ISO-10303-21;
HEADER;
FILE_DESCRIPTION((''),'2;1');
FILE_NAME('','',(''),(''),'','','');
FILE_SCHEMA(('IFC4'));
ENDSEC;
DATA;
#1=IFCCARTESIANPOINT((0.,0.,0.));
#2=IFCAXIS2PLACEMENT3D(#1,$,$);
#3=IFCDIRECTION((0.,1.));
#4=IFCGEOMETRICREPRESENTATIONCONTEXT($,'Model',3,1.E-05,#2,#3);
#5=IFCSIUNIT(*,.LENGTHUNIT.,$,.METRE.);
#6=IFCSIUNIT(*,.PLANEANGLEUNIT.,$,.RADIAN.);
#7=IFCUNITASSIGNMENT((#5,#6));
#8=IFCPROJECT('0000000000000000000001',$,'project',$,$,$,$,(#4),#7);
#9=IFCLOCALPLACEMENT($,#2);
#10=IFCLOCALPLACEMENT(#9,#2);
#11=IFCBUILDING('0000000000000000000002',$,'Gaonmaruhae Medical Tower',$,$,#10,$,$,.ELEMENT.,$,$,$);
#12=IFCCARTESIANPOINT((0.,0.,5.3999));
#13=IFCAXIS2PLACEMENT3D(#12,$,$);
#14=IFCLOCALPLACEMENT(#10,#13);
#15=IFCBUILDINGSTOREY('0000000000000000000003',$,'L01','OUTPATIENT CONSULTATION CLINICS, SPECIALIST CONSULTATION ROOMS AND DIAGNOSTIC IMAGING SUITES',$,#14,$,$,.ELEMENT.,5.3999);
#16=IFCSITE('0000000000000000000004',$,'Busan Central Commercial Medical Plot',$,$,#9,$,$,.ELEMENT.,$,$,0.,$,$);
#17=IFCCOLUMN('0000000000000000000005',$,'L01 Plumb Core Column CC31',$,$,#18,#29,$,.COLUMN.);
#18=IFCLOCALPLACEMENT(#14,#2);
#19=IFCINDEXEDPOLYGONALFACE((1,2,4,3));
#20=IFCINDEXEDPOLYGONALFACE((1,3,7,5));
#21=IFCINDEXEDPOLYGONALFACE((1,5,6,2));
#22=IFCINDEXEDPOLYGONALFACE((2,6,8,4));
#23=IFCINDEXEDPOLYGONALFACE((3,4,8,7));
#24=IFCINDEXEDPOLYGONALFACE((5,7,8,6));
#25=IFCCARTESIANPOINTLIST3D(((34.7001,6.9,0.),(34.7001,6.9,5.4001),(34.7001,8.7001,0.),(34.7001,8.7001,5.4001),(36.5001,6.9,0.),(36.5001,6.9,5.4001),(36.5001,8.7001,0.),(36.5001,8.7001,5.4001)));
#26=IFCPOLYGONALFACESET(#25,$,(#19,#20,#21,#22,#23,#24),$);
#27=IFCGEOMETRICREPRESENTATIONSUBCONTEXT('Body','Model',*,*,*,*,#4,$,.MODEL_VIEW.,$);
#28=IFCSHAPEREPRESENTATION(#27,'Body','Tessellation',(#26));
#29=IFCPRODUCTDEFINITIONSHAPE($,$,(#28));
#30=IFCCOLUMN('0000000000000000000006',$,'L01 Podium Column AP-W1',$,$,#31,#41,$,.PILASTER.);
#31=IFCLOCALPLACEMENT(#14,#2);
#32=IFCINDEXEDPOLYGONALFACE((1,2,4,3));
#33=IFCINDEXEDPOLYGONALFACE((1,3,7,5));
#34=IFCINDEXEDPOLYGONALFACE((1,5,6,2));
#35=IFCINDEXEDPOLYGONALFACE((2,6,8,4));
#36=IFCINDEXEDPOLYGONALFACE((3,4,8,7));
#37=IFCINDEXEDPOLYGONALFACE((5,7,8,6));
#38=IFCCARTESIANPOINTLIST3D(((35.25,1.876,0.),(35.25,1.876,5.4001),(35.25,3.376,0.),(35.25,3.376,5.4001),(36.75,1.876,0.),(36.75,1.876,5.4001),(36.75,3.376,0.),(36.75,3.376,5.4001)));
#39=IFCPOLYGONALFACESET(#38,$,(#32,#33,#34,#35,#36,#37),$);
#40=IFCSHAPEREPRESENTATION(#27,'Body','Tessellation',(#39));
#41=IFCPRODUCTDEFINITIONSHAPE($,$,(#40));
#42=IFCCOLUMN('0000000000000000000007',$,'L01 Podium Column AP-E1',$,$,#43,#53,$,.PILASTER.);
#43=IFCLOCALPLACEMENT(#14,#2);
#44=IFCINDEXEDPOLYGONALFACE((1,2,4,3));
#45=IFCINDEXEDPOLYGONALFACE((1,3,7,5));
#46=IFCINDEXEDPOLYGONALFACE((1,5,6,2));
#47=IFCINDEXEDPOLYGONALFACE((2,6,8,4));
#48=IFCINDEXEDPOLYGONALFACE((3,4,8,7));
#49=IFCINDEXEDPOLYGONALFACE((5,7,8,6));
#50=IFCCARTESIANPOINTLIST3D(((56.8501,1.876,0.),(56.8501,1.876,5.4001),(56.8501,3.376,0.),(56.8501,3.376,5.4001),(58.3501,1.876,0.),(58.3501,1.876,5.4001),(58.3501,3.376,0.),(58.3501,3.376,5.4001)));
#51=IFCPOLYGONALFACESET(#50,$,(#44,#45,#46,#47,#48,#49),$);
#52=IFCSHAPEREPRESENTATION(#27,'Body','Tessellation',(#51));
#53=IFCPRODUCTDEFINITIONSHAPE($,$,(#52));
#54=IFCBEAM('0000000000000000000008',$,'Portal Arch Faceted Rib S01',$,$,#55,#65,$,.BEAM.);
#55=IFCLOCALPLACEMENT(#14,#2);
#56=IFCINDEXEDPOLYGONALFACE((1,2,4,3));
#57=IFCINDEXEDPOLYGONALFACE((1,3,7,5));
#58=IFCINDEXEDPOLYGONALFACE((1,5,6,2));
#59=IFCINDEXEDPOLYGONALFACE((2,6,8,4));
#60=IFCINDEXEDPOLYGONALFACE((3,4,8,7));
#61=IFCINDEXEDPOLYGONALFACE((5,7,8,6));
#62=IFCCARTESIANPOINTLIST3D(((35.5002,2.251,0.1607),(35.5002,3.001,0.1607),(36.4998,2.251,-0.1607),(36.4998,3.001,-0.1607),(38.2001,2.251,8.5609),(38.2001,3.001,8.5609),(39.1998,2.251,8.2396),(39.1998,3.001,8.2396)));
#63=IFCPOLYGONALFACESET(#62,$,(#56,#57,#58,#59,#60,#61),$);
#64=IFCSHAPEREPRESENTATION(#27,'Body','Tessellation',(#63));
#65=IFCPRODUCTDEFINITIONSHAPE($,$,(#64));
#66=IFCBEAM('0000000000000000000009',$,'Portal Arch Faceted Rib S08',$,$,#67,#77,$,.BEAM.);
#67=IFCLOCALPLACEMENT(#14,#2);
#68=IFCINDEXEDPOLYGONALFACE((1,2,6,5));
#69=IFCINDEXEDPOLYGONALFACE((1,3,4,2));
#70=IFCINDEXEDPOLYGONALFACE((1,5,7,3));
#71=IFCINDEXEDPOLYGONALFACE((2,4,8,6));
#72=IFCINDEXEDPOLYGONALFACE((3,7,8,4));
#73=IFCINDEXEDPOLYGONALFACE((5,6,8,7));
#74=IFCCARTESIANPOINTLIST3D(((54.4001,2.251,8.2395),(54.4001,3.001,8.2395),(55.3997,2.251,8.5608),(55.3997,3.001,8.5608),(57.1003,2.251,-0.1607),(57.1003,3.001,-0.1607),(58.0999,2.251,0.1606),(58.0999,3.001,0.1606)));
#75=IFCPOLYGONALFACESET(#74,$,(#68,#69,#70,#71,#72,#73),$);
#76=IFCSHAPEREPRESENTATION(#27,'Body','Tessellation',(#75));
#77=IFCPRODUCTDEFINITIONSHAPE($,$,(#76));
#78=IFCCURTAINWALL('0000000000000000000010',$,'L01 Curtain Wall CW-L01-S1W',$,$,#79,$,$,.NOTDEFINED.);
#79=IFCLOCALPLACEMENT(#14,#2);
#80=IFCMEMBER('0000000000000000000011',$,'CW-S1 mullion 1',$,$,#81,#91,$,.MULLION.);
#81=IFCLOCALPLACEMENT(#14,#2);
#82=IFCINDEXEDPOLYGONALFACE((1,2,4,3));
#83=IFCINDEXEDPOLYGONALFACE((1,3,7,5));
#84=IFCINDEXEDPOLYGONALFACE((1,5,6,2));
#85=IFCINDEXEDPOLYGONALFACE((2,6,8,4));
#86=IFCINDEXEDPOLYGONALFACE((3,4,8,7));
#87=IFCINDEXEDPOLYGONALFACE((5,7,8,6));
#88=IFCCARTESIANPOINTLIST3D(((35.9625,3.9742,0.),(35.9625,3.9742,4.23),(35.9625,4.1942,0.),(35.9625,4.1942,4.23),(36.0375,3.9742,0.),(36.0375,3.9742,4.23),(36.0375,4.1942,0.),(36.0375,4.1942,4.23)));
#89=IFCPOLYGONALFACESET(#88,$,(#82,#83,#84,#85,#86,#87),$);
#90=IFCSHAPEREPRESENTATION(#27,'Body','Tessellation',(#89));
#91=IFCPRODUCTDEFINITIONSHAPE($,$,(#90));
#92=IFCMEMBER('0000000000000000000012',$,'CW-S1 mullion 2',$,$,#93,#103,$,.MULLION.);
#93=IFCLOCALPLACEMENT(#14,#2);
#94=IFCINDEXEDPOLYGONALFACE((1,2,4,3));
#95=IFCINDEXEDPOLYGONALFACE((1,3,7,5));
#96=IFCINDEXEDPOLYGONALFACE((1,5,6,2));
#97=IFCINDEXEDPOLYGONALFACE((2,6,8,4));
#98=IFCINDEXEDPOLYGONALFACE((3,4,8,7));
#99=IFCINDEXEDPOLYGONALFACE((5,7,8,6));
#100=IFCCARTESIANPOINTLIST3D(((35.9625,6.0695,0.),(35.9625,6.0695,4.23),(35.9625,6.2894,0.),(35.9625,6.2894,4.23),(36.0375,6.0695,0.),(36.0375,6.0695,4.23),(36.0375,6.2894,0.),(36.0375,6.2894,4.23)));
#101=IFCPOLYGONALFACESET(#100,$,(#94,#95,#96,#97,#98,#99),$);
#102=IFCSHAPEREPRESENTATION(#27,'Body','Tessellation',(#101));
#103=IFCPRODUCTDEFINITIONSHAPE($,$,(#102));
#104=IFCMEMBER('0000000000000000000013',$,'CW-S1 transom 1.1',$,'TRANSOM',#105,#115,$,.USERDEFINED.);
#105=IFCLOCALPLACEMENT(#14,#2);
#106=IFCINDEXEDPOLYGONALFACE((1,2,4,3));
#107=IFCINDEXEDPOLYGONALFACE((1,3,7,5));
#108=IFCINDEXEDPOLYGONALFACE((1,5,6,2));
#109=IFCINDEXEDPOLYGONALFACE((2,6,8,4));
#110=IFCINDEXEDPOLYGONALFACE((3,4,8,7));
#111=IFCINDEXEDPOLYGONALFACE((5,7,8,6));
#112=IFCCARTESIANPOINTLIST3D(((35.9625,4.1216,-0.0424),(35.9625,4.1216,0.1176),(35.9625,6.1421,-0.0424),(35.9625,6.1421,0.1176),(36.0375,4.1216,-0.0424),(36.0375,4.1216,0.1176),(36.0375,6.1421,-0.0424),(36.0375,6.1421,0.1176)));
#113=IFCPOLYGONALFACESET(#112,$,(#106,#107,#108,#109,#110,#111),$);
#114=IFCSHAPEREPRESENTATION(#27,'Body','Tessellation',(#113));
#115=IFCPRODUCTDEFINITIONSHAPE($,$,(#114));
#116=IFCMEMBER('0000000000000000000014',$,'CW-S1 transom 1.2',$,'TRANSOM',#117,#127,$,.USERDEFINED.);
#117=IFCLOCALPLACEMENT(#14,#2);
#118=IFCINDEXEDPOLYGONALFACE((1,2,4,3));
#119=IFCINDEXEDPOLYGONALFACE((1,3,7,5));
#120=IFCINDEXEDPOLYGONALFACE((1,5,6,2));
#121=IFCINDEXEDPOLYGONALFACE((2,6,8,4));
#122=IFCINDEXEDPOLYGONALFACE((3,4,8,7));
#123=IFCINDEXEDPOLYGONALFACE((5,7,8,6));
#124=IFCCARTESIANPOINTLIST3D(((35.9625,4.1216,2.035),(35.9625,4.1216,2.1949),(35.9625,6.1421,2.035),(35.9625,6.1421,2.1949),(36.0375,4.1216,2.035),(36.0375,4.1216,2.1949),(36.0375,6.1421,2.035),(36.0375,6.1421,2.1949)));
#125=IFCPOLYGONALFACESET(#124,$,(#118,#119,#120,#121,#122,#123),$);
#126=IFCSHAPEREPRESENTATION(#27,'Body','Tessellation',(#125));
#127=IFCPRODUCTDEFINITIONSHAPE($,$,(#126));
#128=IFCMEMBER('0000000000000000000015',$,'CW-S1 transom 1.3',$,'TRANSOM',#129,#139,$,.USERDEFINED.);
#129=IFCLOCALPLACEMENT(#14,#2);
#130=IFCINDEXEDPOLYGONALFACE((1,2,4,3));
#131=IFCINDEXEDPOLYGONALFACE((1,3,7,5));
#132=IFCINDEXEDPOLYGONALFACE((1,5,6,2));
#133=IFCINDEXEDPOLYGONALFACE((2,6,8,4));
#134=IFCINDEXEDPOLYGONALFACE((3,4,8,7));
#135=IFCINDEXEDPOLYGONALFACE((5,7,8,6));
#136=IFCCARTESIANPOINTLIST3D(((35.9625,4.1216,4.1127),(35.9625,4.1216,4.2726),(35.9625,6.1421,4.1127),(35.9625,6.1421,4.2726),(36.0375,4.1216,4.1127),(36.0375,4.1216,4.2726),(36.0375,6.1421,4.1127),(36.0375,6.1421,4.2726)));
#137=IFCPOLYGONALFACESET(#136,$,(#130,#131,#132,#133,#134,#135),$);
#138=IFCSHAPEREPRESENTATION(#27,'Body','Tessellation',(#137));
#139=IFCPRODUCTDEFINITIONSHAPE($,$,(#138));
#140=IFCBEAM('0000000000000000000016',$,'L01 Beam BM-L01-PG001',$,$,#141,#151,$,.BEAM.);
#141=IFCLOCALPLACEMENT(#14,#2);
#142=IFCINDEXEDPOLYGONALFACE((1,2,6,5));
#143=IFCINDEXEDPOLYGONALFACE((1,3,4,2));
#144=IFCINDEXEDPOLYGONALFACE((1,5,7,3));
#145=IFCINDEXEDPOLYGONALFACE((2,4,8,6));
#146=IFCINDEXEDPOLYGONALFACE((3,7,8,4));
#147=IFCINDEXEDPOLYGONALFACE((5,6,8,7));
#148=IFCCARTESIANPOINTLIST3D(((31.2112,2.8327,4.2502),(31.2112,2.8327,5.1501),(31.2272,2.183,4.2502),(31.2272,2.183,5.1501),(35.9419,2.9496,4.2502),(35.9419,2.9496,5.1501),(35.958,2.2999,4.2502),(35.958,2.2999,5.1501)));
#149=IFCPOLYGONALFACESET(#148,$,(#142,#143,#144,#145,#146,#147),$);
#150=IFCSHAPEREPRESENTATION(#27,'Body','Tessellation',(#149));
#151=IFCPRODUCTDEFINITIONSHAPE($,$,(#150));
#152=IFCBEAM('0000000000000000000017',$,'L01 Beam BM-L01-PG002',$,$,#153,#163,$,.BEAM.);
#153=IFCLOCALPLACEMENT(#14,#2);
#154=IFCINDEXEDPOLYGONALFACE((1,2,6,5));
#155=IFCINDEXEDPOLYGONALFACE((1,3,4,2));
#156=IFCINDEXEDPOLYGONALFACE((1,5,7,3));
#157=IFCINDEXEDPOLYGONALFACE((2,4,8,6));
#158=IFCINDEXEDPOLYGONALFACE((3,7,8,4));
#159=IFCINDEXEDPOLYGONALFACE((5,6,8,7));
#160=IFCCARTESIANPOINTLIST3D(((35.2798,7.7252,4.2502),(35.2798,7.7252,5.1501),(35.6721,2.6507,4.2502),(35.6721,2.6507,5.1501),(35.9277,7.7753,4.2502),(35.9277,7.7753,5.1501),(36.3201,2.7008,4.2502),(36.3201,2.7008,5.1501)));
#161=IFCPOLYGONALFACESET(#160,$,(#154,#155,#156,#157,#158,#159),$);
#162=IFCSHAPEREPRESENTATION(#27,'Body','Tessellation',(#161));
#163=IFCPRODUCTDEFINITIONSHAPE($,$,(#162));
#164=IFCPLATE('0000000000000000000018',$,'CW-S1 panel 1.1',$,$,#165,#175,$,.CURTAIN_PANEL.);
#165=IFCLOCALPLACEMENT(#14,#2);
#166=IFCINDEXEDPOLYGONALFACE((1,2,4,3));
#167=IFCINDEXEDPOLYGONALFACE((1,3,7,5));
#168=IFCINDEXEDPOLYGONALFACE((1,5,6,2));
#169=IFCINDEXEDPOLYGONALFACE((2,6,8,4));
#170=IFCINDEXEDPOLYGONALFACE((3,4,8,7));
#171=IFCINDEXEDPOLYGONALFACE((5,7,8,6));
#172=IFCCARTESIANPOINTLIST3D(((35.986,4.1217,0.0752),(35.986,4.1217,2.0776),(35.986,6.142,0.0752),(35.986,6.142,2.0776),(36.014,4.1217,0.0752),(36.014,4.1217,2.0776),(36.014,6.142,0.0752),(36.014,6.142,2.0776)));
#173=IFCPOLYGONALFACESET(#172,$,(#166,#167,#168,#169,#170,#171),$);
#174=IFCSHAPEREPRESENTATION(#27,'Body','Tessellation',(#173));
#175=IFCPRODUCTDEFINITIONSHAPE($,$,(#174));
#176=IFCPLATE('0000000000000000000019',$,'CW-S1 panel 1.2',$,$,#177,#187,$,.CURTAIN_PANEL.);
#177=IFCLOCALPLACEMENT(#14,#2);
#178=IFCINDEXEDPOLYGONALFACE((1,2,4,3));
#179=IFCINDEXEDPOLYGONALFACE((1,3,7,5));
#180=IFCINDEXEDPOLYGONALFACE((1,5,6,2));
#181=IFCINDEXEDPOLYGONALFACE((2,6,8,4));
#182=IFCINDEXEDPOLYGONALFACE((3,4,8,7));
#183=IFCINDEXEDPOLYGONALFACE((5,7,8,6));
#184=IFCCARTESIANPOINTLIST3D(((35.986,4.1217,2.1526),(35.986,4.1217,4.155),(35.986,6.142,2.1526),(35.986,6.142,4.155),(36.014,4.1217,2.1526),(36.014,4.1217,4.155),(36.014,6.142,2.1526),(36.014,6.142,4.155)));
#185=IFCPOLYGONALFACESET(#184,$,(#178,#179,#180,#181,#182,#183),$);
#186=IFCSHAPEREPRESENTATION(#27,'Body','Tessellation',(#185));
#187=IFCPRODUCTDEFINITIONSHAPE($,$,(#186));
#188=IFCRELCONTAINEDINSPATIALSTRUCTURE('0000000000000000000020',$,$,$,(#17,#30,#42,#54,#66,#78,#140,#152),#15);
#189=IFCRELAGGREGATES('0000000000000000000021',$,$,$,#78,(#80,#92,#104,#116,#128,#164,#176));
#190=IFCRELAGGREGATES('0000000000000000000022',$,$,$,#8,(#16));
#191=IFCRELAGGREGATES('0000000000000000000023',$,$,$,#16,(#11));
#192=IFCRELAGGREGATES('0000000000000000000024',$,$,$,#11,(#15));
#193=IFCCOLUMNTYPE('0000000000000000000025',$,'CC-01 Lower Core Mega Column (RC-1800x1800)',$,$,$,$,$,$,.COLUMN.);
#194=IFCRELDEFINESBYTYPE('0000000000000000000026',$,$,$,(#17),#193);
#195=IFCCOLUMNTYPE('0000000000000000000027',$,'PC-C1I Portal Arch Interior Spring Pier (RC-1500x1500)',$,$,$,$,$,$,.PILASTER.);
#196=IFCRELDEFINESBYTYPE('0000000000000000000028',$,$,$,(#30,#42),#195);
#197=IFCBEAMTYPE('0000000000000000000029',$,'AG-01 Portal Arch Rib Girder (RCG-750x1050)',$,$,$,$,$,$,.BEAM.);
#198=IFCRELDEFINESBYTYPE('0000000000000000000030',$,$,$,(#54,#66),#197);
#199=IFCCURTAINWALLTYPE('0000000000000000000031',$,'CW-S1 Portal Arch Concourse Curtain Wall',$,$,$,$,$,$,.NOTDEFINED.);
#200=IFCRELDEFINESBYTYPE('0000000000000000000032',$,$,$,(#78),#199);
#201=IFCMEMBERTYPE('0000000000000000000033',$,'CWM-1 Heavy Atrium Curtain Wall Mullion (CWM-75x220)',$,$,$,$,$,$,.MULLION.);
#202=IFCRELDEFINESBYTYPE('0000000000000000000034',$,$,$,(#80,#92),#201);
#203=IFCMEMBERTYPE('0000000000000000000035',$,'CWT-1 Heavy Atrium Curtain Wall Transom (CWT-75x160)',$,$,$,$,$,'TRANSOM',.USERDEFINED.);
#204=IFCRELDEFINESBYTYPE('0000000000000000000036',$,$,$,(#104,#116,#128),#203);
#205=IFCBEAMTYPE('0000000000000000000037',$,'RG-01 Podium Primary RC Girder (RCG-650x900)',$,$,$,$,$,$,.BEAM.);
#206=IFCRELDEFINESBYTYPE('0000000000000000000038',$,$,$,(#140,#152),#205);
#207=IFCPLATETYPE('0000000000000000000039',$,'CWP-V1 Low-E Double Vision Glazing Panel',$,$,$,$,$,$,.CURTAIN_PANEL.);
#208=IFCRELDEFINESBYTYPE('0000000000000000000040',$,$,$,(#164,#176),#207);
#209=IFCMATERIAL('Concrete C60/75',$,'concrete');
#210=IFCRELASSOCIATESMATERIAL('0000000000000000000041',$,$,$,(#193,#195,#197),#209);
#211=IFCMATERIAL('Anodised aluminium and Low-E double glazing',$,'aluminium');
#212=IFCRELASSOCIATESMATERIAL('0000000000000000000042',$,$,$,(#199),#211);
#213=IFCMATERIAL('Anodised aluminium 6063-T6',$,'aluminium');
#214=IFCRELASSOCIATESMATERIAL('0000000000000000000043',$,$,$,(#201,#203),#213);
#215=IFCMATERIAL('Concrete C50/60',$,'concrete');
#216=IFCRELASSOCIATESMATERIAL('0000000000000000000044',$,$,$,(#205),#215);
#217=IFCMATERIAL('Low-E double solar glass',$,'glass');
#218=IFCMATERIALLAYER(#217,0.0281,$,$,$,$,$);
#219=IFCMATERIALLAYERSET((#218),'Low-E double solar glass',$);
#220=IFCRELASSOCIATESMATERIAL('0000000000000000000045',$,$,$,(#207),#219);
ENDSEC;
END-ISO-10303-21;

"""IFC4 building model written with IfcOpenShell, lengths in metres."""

from ifc_helpers import new_model, si_unit, direction, frame, origin, origin_2d, place, context, subcontext, project, spatial, rectangle, extrude, material, layer, layer_set, material_profile, profile_set, type_object, element, aggregate, save


model = new_model("IFC4")

# Units and contexts
model_context = context("Model", 3, precision=1e-05, world=origin(), true_north=direction((0.0, 1.0)))
body_context = subcontext(model_context, "Body", "Model", "MODEL_VIEW")
ifc_project = project(units=[si_unit("LENGTHUNIT", "METRE"), si_unit("PLANEANGLEUNIT", "RADIAN")], contexts=[model_context])

# Site, building, storey
site_placement = place(None, origin())
site = spatial("IfcSite", under=ifc_project, at=site_placement, Name="Busan Central Commercial Medical Plot", CompositionType="ELEMENT", RefElevation=0.0)
building_placement = place(site_placement, origin())
building = spatial("IfcBuilding", under=site, at=building_placement, Name="Gaonmaruhae Medical Tower", CompositionType="ELEMENT")
storey_placement = place(building_placement, frame((0.0, 0.0, 5.3999)))
storey = spatial("IfcBuildingStorey", under=building, at=storey_placement, Name="L01", Description="OUTPATIENT CONSULTATION CLINICS, SPECIALIST CONSULTATION ROOMS AND DIAGNOSTIC IMAGING SUITES", CompositionType="ELEMENT", Elevation=5.3999)

# Columns
ifc_material_1 = material(Name="Concrete C60/75", Category="concrete")
ifc_material_profile_1 = material_profile(ifc_material_1, rectangle(XDim=1.8, YDim=1.8, at=origin_2d()), Name="RC-1800x1800")
ifc_profile_set_1 = profile_set([ifc_material_profile_1], Name="Concrete C60/75")
column_type_1 = type_object("IfcColumnType", Name="CC-01 Lower Core Mega Column (RC-1800x1800)", PredefinedType="COLUMN", material=ifc_profile_set_1)
column_placement = place(storey_placement, frame((35.6001, 7.8, 0.0), z_axis=(0.0, 0.0, 1.0), x_axis=(1.0, 0.0, 0.0)))
element("IfcColumn", 1, at=column_placement, inside=storey, type_object=column_type_1, Name="L01 Plumb Core Column CC31", PredefinedType="COLUMN", context=body_context, shape_type="SweptSolid", body=[
    extrude(rectangle(XDim=1.8, YDim=1.8, at=origin_2d()), origin(), (0.0, 0.0, 1.0), 5.4001),
])
ifc_material_profile_2 = material_profile(ifc_material_1, rectangle(XDim=1.5, YDim=1.5, at=origin_2d()), Name="RC-1500x1500")
ifc_profile_set_2 = profile_set([ifc_material_profile_2], Name="Concrete C60/75")
column_type_2 = type_object("IfcColumnType", Name="PC-C1I Portal Arch Interior Spring Pier (RC-1500x1500)", PredefinedType="PILASTER", material=ifc_profile_set_2)
for number, where, z_axis, x_axis, name in (
    (2, (36.0, 2.626, 0.0), (0.0, 0.0, 1.0), (1.0, 0.0, 0.0), "L01 Podium Column AP-W1"),
    (3, (57.6001, 2.626, 0.0), (0.0, 0.0, 1.0), (1.0, 0.0, 0.0), "L01 Podium Column AP-E1"),
):
    element("IfcColumn", number, at=place(storey_placement, frame(where, z_axis=z_axis, x_axis=x_axis)), inside=storey, type_object=column_type_2, Name=name, PredefinedType="PILASTER", context=body_context, shape_type="SweptSolid", body=[
        extrude(rectangle(XDim=1.5, YDim=1.5, at=origin_2d()), origin(), (0.0, 0.0, 1.0), 5.4001),
    ])

# Beams
ifc_material_profile_3 = material_profile(ifc_material_1, rectangle(XDim=0.75, YDim=1.05, at=origin_2d()), Name="RCG-750x1050")
ifc_profile_set_3 = profile_set([ifc_material_profile_3], Name="Concrete C60/75")
beam_type_1 = type_object("IfcBeamType", Name="AG-01 Portal Arch Rib Girder (RCG-750x1050)", PredefinedType="BEAM", material=ifc_profile_set_3)
for number, where, z_axis, x_axis, name in (
    (4, (36.0, 2.626, 0.0), (0.305999, 0.0, 0.952032), (0.0, 1.0, 0.0), "Portal Arch Faceted Rib S01"),
    (5, (54.8999, 2.626, 8.4001), (0.306024, 0.0, -0.952024), (0.0, 1.0, 0.0), "Portal Arch Faceted Rib S08"),
):
    element("IfcBeam", number, at=place(storey_placement, frame(where, z_axis=z_axis, x_axis=x_axis)), inside=storey, type_object=beam_type_1, Name=name, PredefinedType="BEAM", context=body_context, shape_type="SweptSolid", body=[
        extrude(rectangle(XDim=0.75, YDim=1.05, at=origin_2d()), origin(), (0.0, 0.0, 1.0), 8.8235),
    ])

# Curtain wall, members
ifc_material_2 = material(Name="Anodised aluminium and Low-E double glazing", Category="aluminium")
curtain_wall_type = type_object("IfcCurtainWallType", Name="CW-S1 Portal Arch Concourse Curtain Wall", PredefinedType="NOTDEFINED", material=ifc_material_2)
curtain_wall_placement = place(storey_placement, origin())
curtain_wall = element("IfcCurtainWall", 6, at=curtain_wall_placement, inside=storey, type_object=curtain_wall_type, Name="L01 Curtain Wall CW-L01-S1W", PredefinedType="NOTDEFINED")
ifc_material_3 = material(Name="Anodised aluminium 6063-T6", Category="aluminium")
ifc_material_profile_4 = material_profile(ifc_material_3, rectangle(XDim=0.075, YDim=0.22, at=origin_2d()), Name="CWM-75x220")
ifc_profile_set_4 = profile_set([ifc_material_profile_4], Name="Anodised aluminium 6063-T6")
member_type_1 = type_object("IfcMemberType", Name="CWM-1 Heavy Atrium Curtain Wall Mullion (CWM-75x220)", PredefinedType="MULLION", material=ifc_profile_set_4)
member_1_placement = place(storey_placement, frame((36.0, 4.0842, 0.0), z_axis=(0.0, 0.0, 1.0), x_axis=(-1.0, 0.0, 0.0)))
member_1 = element("IfcMember", 7, at=member_1_placement, type_object=member_type_1, Name="CW-S1 mullion 1", PredefinedType="MULLION", context=body_context, shape_type="SweptSolid", body=[
    extrude(rectangle(XDim=0.075, YDim=0.22, at=origin_2d()), origin(), (0.0, 0.0, 1.0), 4.23),
])
member_2_placement = place(storey_placement, frame((36.0, 6.1794, 0.0), z_axis=(0.0, 0.0, 1.0), x_axis=(-1.0, 0.0, 0.0)))
member_2 = element("IfcMember", 8, at=member_2_placement, type_object=member_type_1, Name="CW-S1 mullion 2", PredefinedType="MULLION", context=body_context, shape_type="SweptSolid", body=[
    extrude(rectangle(XDim=0.075, YDim=0.22, at=origin_2d()), origin(), (0.0, 0.0, 1.0), 4.23),
])
ifc_material_profile_5 = material_profile(ifc_material_3, rectangle(XDim=0.075, YDim=0.1599, at=origin_2d()), Name="CWT-75x160")
ifc_profile_set_5 = profile_set([ifc_material_profile_5], Name="Anodised aluminium 6063-T6")
member_type_2 = type_object("IfcMemberType", Name="CWT-1 Heavy Atrium Curtain Wall Transom (CWT-75x160)", ElementType="TRANSOM", PredefinedType="USERDEFINED", material=ifc_profile_set_5)
member_3_placement = place(storey_placement, frame((36.0, 4.1216, 0.0376), z_axis=(0.0, 1.0, 0.0), x_axis=(-1.0, 0.0, 0.0)))
member_3 = element("IfcMember", 9, at=member_3_placement, type_object=member_type_2, Name="CW-S1 transom 1.1", ObjectType="TRANSOM", PredefinedType="USERDEFINED", context=body_context, shape_type="SweptSolid", body=[
    extrude(rectangle(XDim=0.075, YDim=0.1599, at=origin_2d()), origin(), (0.0, 0.0, 1.0), 2.0205),
])
member_4_placement = place(storey_placement, frame((36.0, 4.1216, 2.115), z_axis=(0.0, 1.0, 0.0), x_axis=(-1.0, 0.0, 0.0)))
member_4 = element("IfcMember", 10, at=member_4_placement, type_object=member_type_2, Name="CW-S1 transom 1.2", ObjectType="TRANSOM", PredefinedType="USERDEFINED", context=body_context, shape_type="SweptSolid", body=[
    extrude(rectangle(XDim=0.075, YDim=0.1599, at=origin_2d()), origin(), (0.0, 0.0, 1.0), 2.0205),
])
member_5_placement = place(storey_placement, frame((36.0, 4.1216, 4.1926), z_axis=(0.0, 1.0, 0.0), x_axis=(-1.0, 0.0, 0.0)))
member_5 = element("IfcMember", 11, at=member_5_placement, type_object=member_type_2, Name="CW-S1 transom 1.3", ObjectType="TRANSOM", PredefinedType="USERDEFINED", context=body_context, shape_type="SweptSolid", body=[
    extrude(rectangle(XDim=0.075, YDim=0.1599, at=origin_2d()), origin(), (0.0, 0.0, 1.0), 2.0205),
])

# Beams
ifc_material_4 = material(Name="Concrete C50/60", Category="concrete")
ifc_material_profile_6 = material_profile(ifc_material_4, rectangle(XDim=0.6499, YDim=0.8999, at=origin_2d()), Name="RCG-650x900")
ifc_profile_set_6 = profile_set([ifc_material_profile_6], Name="Concrete C50/60")
beam_type_2 = type_object("IfcBeamType", Name="RG-01 Podium Primary RC Girder (RCG-650x900)", PredefinedType="BEAM", material=ifc_profile_set_6)
beam_1_placement = place(storey_placement, frame((35.95, 2.6248, 4.7002), z_axis=(-0.999695, -0.024712, 0.0), x_axis=(0.024712, -0.999695, 0.0)))
element("IfcBeam", 12, at=beam_1_placement, inside=storey, type_object=beam_type_2, Name="L01 Beam BM-L01-PG001", PredefinedType="BEAM", context=body_context, shape_type="SweptSolid", body=[
    extrude(rectangle(XDim=0.6499, YDim=0.8999, at=origin_2d()), origin(), (0.0, 0.0, 1.0), 4.7322),
])
beam_2_placement = place(storey_placement, frame((35.9961, 2.6758, 4.7002), z_axis=(-0.077085, 0.997024, 0.0), x_axis=(-0.997024, -0.077085, 0.0)))
element("IfcBeam", 13, at=beam_2_placement, inside=storey, type_object=beam_type_2, Name="L01 Beam BM-L01-PG002", PredefinedType="BEAM", context=body_context, shape_type="SweptSolid", body=[
    extrude(rectangle(XDim=0.6499, YDim=0.8999, at=origin_2d()), origin(), (0.0, 0.0, 1.0), 5.0896),
])

# Plates
ifc_material_5 = material(Name="Low-E double solar glass", Category="glass")
ifc_layer_1 = layer(ifc_material_5, 0.0281)
ifc_layer_set_1 = layer_set([ifc_layer_1], Name="Low-E double solar glass")
plate_type = type_object("IfcPlateType", Name="CWP-V1 Low-E Double Vision Glazing Panel", PredefinedType="CURTAIN_PANEL", material=ifc_layer_set_1)
plate_1_placement = place(storey_placement, frame((36.0, 5.1318, 0.0752), z_axis=(0.0, 0.0, 1.0), x_axis=(0.0, 1.0, 0.0)))
plate_1 = element("IfcPlate", 14, at=plate_1_placement, type_object=plate_type, Name="CW-S1 panel 1.1", PredefinedType="CURTAIN_PANEL", context=body_context, shape_type="SweptSolid", body=[
    extrude(rectangle(XDim=2.0203, YDim=0.0281, at=origin_2d()), origin(), (0.0, 0.0, 1.0), 2.0024),
])
plate_2_placement = place(storey_placement, frame((36.0, 5.1318, 2.1526), z_axis=(0.0, 0.0, 1.0), x_axis=(0.0, 1.0, 0.0)))
plate_2 = element("IfcPlate", 15, at=plate_2_placement, type_object=plate_type, Name="CW-S1 panel 1.2", PredefinedType="CURTAIN_PANEL", context=body_context, shape_type="SweptSolid", body=[
    extrude(rectangle(XDim=2.0203, YDim=0.0281, at=origin_2d()), origin(), (0.0, 0.0, 1.0), 2.0024),
])
aggregate(curtain_wall, [member_1, member_2, member_3, member_4, member_5, plate_1, plate_2])

save(model, "model.ifc")
